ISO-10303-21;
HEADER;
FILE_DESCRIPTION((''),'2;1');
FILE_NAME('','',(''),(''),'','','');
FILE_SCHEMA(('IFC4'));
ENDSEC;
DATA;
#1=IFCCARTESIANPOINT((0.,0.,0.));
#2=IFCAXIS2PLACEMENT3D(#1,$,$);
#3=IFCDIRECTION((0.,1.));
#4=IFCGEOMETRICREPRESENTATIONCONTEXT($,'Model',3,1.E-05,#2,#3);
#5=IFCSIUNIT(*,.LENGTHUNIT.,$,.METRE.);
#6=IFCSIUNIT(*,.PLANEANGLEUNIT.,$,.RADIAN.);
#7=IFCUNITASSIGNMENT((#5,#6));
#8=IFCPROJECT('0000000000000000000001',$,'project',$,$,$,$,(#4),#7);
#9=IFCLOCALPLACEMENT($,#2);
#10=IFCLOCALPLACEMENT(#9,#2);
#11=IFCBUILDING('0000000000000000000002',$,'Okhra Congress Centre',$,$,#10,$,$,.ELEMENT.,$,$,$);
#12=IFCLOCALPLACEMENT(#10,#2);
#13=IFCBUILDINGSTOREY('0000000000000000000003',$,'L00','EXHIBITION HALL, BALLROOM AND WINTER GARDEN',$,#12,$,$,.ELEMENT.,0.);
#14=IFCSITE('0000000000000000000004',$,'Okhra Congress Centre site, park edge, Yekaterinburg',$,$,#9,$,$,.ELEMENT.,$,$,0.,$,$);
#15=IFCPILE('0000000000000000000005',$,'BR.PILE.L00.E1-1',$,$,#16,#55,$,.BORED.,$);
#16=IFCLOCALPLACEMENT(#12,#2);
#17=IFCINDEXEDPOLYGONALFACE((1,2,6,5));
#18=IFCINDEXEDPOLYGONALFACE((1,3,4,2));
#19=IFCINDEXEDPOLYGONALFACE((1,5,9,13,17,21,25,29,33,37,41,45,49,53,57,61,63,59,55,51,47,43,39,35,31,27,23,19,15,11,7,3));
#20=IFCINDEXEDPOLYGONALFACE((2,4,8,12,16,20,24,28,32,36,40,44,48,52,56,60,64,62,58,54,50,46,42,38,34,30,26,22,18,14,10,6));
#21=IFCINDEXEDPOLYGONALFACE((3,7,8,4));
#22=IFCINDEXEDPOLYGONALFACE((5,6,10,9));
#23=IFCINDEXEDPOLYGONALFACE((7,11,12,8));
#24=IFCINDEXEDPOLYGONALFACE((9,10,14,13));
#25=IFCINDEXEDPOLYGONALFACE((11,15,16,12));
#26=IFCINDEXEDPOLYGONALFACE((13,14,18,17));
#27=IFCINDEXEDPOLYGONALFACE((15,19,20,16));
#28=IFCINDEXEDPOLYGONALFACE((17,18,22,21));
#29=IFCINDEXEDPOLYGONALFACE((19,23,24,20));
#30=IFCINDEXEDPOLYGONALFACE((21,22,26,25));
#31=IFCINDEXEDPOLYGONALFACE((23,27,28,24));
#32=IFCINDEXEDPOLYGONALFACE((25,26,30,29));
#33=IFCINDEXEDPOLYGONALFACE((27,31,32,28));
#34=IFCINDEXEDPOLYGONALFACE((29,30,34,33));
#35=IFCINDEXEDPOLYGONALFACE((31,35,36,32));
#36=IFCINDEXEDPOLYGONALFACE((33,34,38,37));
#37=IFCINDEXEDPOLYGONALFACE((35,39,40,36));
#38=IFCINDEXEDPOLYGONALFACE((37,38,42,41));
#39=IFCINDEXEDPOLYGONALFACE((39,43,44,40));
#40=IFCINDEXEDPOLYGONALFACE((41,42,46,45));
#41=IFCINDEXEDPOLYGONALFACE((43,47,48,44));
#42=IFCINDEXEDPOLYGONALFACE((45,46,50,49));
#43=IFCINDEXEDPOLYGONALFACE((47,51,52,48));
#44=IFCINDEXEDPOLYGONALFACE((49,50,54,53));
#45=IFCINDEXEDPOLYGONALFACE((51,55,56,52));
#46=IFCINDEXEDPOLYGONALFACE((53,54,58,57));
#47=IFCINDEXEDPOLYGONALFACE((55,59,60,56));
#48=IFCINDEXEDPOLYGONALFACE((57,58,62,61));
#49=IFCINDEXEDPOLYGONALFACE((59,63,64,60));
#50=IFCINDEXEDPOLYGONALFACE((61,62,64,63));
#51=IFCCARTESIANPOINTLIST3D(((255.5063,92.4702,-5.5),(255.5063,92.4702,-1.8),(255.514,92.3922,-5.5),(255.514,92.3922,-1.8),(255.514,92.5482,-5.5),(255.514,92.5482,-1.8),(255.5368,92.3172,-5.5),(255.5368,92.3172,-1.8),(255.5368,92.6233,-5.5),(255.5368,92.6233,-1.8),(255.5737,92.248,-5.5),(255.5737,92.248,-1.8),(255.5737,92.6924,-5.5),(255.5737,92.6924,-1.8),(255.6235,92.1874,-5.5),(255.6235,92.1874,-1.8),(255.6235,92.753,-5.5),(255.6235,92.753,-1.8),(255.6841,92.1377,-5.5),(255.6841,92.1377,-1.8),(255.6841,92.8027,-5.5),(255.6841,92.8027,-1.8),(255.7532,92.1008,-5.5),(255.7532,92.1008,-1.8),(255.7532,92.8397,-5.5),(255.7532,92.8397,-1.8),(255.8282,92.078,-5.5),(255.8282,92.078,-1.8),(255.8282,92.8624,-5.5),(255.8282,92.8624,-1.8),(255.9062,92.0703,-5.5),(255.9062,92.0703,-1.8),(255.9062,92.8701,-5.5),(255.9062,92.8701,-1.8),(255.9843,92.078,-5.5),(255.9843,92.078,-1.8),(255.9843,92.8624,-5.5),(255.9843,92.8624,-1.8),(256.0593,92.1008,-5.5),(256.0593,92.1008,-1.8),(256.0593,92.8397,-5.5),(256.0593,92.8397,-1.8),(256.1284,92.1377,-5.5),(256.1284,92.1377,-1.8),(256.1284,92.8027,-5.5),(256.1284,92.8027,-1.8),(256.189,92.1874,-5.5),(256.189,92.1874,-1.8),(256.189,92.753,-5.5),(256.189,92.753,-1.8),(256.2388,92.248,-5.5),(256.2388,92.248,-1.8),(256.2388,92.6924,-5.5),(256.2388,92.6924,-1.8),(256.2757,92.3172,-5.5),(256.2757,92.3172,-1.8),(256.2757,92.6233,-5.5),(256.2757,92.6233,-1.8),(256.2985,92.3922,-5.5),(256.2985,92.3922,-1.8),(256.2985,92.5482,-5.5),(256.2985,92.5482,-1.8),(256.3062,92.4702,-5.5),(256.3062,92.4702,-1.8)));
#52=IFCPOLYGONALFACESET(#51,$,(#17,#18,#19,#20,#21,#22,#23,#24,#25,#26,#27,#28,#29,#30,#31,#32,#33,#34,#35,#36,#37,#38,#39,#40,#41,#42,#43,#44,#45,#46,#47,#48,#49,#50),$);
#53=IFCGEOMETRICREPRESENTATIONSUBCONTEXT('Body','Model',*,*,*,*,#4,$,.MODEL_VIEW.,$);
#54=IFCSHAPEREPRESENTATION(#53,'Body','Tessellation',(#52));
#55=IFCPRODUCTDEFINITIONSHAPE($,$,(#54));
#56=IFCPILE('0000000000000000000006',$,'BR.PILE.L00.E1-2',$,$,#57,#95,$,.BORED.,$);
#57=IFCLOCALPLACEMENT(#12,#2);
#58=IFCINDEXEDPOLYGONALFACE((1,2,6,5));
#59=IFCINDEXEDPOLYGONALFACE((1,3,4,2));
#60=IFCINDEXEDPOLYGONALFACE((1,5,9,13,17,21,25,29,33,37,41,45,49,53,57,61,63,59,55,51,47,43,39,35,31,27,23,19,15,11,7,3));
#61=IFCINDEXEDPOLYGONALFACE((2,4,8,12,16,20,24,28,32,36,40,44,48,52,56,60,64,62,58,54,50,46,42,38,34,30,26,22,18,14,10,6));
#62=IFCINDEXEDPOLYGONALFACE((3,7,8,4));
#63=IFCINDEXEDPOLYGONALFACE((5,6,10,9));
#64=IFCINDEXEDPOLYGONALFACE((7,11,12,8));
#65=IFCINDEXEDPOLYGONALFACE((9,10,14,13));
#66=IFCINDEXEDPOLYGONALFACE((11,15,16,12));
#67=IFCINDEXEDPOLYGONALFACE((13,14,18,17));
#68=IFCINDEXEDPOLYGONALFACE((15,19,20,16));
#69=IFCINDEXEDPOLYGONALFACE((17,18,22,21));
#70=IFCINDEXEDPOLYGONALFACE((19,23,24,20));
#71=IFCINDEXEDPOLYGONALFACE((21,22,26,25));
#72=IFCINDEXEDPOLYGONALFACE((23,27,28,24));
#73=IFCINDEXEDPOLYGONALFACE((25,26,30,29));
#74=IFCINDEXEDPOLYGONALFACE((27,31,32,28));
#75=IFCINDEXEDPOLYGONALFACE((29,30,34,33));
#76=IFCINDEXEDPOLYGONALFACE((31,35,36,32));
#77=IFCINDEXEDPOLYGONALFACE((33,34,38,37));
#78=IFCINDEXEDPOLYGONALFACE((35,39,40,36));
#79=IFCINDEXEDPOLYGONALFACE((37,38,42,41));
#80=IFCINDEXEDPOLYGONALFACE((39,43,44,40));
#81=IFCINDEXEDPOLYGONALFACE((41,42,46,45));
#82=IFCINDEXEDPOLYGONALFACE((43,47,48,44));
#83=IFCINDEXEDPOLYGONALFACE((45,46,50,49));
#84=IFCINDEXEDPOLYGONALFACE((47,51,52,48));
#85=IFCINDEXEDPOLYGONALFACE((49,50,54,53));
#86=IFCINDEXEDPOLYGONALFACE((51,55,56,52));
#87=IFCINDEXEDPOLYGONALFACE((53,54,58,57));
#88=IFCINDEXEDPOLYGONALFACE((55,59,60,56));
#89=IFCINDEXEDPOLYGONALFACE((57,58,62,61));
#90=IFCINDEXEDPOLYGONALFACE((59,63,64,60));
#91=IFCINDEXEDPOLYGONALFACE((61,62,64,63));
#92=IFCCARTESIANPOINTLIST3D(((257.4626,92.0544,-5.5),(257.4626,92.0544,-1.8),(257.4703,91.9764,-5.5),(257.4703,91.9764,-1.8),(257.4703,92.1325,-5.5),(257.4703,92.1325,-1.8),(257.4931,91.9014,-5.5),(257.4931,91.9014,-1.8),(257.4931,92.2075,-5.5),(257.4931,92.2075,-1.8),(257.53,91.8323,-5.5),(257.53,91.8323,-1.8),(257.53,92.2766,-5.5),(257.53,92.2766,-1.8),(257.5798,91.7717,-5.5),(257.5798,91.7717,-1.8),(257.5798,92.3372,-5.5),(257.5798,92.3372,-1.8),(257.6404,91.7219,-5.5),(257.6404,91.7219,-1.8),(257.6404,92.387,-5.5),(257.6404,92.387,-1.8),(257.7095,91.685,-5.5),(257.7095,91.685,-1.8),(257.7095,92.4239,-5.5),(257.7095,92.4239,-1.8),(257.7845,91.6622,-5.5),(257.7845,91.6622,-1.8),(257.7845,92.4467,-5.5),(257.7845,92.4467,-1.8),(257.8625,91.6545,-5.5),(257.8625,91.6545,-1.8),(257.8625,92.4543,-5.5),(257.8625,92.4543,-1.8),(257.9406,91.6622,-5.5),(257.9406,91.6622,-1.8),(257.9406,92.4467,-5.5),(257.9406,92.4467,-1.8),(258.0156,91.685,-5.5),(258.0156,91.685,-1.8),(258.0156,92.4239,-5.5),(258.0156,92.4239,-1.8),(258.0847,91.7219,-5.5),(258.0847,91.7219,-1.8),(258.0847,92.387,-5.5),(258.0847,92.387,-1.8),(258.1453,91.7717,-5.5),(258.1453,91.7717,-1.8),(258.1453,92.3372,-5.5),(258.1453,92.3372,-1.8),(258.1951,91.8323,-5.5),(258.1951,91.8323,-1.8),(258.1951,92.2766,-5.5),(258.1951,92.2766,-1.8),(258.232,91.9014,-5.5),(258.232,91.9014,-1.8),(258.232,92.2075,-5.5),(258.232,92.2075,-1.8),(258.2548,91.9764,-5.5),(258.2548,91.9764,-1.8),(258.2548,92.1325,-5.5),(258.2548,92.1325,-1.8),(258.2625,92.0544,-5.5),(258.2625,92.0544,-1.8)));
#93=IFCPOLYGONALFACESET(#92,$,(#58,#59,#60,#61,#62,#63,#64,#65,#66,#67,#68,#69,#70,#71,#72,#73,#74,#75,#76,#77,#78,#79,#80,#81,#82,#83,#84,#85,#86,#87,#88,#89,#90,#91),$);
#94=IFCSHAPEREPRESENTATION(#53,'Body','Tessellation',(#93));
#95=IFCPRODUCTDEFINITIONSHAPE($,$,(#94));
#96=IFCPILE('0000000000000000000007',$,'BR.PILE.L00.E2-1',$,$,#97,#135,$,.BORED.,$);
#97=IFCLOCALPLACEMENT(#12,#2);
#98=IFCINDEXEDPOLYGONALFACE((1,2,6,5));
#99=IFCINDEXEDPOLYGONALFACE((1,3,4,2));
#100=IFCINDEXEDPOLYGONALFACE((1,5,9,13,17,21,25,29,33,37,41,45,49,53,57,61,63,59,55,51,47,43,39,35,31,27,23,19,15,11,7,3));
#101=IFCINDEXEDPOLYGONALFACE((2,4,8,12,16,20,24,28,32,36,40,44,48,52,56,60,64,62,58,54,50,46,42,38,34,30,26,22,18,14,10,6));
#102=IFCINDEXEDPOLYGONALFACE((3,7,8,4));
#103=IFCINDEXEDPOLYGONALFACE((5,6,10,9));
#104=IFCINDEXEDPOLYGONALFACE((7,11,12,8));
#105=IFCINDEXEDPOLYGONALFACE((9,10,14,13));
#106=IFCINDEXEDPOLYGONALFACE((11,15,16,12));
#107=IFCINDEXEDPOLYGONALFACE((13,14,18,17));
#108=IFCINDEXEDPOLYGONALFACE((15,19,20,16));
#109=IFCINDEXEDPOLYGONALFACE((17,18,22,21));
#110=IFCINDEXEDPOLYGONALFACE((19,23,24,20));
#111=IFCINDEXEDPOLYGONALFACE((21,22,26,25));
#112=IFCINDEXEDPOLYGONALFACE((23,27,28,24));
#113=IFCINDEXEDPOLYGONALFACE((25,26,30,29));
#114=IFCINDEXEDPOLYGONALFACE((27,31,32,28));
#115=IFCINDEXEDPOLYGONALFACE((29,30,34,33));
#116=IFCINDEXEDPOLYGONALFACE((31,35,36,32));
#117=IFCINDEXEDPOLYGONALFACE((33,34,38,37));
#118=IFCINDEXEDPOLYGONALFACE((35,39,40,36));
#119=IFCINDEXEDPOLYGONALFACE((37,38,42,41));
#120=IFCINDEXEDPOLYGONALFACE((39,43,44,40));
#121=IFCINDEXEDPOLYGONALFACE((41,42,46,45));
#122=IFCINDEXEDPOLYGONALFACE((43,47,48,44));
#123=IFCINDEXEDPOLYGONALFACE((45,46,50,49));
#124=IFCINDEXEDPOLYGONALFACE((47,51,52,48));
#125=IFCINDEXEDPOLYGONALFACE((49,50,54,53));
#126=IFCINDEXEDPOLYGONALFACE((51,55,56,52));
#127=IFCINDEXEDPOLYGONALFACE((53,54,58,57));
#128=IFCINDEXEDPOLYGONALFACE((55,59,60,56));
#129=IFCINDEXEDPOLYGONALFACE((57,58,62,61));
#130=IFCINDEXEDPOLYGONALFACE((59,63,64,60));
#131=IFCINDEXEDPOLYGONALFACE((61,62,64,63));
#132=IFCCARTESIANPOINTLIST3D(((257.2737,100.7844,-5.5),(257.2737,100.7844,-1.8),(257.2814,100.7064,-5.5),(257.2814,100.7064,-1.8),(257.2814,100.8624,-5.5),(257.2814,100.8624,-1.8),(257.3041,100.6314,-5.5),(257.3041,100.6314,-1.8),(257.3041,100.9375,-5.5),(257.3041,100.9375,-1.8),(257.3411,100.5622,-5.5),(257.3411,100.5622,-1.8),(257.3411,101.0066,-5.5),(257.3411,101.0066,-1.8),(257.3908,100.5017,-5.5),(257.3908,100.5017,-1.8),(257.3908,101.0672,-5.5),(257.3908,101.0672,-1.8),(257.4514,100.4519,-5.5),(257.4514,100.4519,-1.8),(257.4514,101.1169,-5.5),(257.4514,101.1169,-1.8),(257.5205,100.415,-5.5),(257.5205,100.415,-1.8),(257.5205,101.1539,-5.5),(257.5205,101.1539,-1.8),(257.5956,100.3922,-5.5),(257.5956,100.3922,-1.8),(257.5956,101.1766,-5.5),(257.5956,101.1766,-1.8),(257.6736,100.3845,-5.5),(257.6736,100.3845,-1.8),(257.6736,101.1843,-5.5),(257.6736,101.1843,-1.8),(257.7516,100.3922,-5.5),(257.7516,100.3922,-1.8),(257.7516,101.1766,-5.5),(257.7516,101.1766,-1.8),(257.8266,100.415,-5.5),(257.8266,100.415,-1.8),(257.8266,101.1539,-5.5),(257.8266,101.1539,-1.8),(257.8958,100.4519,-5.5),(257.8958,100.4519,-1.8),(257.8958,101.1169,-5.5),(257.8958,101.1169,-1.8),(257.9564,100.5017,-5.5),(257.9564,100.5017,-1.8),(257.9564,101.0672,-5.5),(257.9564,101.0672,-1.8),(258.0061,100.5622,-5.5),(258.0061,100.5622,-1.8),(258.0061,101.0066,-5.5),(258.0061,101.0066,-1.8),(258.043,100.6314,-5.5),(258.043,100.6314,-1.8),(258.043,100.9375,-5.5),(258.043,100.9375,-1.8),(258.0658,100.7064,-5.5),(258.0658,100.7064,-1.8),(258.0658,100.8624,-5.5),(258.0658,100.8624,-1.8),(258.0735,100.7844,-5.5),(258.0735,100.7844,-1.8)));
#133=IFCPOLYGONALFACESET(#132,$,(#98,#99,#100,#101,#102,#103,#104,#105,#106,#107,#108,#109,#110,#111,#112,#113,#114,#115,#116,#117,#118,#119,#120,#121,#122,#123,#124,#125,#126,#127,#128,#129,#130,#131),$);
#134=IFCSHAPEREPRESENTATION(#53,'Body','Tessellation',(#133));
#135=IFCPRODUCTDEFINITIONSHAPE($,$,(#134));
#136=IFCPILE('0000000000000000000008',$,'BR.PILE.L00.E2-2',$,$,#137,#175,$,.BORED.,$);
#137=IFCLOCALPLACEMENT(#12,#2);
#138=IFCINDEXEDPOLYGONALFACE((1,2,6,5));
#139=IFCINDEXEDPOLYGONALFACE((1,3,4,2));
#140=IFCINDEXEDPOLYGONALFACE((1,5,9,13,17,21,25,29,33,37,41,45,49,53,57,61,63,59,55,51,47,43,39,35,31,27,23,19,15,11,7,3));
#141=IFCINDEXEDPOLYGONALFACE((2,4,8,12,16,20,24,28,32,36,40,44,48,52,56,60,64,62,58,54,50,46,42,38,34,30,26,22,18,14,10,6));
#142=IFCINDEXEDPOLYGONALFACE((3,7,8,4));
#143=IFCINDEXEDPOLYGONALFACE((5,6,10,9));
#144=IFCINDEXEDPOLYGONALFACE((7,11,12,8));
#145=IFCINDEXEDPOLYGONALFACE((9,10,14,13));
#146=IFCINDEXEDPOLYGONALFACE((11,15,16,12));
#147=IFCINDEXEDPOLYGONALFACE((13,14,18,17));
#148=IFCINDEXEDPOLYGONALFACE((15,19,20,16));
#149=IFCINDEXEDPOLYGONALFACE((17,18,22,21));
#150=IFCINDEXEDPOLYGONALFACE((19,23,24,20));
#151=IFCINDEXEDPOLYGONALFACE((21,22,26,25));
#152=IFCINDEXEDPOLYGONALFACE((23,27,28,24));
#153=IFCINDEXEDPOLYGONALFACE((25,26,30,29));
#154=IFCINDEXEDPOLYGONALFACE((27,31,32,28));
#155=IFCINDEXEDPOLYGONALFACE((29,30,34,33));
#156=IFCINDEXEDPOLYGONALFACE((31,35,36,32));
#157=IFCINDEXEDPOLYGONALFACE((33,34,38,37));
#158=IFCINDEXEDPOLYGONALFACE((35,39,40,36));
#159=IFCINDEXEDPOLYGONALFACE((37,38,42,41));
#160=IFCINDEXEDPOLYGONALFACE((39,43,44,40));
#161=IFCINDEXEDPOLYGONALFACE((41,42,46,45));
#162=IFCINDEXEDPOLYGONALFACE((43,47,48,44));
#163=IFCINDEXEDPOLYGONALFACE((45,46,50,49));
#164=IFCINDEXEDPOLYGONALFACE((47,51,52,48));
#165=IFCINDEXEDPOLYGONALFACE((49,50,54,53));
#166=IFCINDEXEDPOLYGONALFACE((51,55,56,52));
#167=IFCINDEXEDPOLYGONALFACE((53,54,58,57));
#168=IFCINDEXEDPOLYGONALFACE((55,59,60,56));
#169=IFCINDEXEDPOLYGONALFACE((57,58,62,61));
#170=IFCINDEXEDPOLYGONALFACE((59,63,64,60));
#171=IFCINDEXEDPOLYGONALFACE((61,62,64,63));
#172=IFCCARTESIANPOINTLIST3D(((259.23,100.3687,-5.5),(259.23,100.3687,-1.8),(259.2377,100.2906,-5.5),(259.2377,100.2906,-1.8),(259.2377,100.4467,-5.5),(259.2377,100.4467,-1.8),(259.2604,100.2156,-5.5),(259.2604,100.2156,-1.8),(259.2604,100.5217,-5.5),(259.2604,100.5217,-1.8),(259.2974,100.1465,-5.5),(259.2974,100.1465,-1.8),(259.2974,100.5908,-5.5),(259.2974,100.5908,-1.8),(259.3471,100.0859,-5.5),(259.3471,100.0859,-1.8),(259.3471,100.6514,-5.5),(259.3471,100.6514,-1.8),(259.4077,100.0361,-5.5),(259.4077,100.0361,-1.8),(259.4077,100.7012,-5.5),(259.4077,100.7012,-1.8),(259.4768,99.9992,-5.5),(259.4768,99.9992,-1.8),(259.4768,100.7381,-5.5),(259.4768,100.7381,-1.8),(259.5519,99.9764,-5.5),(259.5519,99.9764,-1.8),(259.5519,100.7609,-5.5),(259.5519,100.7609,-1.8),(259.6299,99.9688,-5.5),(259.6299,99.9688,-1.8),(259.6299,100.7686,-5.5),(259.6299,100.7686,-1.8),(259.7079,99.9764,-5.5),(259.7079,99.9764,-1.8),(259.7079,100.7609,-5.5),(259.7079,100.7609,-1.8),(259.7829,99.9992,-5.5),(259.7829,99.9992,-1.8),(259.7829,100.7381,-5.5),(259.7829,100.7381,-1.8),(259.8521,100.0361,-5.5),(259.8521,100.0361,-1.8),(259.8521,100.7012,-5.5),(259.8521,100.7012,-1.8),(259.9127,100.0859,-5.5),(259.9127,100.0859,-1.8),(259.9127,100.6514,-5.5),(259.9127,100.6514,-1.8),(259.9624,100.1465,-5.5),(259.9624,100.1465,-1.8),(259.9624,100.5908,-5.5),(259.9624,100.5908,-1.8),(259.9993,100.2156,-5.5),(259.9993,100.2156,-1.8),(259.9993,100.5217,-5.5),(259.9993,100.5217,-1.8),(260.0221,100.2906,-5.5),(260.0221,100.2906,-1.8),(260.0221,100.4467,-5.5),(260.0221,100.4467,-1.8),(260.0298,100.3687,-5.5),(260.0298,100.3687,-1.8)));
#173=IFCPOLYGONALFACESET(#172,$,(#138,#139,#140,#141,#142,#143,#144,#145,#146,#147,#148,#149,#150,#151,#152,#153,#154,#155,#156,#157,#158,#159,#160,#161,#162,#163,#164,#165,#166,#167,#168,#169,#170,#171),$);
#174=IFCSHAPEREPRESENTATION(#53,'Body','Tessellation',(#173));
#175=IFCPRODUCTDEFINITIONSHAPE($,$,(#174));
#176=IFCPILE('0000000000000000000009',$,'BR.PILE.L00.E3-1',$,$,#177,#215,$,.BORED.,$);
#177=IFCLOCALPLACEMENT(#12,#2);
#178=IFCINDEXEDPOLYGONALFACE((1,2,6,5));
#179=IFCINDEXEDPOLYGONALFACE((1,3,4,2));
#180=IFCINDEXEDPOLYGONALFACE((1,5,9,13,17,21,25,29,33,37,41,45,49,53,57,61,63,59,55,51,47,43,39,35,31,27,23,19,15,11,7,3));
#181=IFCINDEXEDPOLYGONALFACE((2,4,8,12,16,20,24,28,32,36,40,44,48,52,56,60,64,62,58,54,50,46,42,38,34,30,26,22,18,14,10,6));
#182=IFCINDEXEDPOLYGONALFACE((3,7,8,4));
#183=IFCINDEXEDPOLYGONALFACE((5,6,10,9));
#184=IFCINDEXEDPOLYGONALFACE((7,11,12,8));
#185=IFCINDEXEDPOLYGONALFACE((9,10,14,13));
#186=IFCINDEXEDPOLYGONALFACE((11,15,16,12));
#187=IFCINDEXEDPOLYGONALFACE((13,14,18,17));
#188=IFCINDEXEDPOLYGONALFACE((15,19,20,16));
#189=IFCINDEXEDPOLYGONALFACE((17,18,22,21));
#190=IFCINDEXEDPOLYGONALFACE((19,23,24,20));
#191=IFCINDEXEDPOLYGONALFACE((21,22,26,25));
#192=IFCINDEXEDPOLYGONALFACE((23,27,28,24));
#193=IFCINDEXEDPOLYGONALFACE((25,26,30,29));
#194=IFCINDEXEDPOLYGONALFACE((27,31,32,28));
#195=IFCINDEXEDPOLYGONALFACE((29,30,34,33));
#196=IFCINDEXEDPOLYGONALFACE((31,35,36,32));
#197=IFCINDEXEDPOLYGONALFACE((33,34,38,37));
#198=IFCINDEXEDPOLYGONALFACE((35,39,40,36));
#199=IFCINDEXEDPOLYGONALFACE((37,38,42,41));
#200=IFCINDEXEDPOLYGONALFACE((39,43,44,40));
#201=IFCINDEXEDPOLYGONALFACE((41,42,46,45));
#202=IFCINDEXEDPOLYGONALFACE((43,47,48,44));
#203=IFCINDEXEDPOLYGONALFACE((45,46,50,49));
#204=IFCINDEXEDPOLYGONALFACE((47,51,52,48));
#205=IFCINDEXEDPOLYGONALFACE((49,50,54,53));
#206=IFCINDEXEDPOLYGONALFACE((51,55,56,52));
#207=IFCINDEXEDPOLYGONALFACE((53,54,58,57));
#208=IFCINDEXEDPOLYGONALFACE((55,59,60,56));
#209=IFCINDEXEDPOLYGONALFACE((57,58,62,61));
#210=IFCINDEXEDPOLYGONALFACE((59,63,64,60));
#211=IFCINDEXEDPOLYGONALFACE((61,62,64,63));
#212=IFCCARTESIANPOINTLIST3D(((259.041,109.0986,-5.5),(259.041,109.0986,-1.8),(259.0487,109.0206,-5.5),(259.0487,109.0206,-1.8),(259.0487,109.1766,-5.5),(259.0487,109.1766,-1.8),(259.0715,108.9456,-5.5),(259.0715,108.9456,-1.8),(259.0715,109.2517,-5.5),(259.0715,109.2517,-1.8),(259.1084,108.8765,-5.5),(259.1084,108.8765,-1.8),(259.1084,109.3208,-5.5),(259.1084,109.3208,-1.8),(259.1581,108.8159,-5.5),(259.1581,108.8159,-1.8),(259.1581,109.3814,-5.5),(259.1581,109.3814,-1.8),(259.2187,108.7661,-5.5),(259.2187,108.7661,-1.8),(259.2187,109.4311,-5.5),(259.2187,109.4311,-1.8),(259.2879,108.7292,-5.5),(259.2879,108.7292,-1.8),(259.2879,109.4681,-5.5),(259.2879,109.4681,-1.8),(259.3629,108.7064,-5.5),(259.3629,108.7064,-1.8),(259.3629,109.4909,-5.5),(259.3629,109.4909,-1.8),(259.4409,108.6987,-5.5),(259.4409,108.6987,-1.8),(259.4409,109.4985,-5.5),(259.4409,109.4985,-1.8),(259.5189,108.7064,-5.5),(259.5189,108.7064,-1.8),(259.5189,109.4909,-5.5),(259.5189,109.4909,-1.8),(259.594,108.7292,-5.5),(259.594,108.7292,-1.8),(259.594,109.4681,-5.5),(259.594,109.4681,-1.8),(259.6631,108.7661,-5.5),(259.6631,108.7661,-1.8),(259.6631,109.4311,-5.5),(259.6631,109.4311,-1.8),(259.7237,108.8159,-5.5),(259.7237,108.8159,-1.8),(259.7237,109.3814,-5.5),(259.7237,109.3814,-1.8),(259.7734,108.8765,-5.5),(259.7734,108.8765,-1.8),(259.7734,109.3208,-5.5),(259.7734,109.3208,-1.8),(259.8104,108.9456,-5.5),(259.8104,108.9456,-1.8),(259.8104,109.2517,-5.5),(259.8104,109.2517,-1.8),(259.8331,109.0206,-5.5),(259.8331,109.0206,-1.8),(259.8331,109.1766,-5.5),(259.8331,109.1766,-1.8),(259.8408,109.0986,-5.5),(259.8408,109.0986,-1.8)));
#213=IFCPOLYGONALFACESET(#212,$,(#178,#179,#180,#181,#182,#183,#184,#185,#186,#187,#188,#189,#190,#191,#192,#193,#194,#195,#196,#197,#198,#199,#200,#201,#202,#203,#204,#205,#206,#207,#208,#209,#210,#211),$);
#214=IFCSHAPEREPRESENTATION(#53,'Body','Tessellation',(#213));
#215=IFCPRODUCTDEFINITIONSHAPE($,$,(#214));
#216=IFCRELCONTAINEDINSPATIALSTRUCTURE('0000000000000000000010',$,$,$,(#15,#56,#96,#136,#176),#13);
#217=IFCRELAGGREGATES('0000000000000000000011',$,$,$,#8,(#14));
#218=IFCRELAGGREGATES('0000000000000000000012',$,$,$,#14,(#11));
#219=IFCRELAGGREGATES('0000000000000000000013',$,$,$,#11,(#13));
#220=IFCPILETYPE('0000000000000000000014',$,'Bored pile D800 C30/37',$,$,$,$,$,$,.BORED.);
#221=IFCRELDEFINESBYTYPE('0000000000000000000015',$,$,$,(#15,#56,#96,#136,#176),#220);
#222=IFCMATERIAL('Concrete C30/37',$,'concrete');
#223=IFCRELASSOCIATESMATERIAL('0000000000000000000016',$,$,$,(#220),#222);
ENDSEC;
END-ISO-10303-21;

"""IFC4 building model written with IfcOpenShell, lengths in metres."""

from ifc_helpers import new_model, si_unit, direction, frame, origin, origin_2d, place, context, subcontext, project, spatial, circle, extrude, material, material_profile, profile_set, type_object, element, save


model = new_model("IFC4")

# Units and contexts
model_context = context("Model", 3, precision=1e-05, world=origin(), true_north=direction((0.0, 1.0)))
body_context = subcontext(model_context, "Body", "Model", "MODEL_VIEW")
ifc_project = project(units=[si_unit("LENGTHUNIT", "METRE"), si_unit("PLANEANGLEUNIT", "RADIAN")], contexts=[model_context])

# Site, building, storey
site_placement = place(None, origin())
site = spatial("IfcSite", under=ifc_project, at=site_placement, Name="Okhra Congress Centre site, park edge, Yekaterinburg", CompositionType="ELEMENT", RefElevation=0.0)
building_placement = place(site_placement, origin())
building = spatial("IfcBuilding", under=site, at=building_placement, Name="Okhra Congress Centre", CompositionType="ELEMENT")
storey_placement = place(building_placement, origin())
storey = spatial("IfcBuildingStorey", under=building, at=storey_placement, Name="L00", Description="EXHIBITION HALL, BALLROOM AND WINTER GARDEN", CompositionType="ELEMENT", Elevation=0.0)

# Piles
ifc_material_1 = material(Name="Concrete C30/37", Category="concrete")
ifc_material_profile_1 = material_profile(ifc_material_1, circle(Radius=0.3999, at=origin_2d()), Name="D800")
ifc_profile_set_1 = profile_set([ifc_material_profile_1], Name="Concrete C30/37")
pile_type = type_object("IfcPileType", Name="Bored pile D800 C30/37", PredefinedType="BORED", material=ifc_profile_set_1)
for number, where, z_axis, x_axis, name in (
    (1, (255.9062, 92.4702, -1.8), (0.0, 0.0, -1.0), (1.0, 0.0, 0.0), "BR.PILE.L00.E1-1"),
    (2, (257.8625, 92.0544, -1.8), (0.0, 0.0, -1.0), (1.0, 0.0, 0.0), "BR.PILE.L00.E1-2"),
    (3, (257.6736, 100.7844, -1.8), (0.0, 0.0, -1.0), (1.0, 0.0, 0.0), "BR.PILE.L00.E2-1"),
    (4, (259.6299, 100.3687, -1.8), (0.0, 0.0, -1.0), (1.0, 0.0, 0.0), "BR.PILE.L00.E2-2"),
    (5, (259.4409, 109.0986, -1.8), (0.0, 0.0, -1.0), (1.0, 0.0, 0.0), "BR.PILE.L00.E3-1"),
):
    element("IfcPile", number, at=place(storey_placement, frame(where, z_axis=z_axis, x_axis=x_axis)), inside=storey, type_object=pile_type, Name=name, PredefinedType="BORED", context=body_context, shape_type="SweptSolid", body=[
        extrude(circle(Radius=0.3999, at=origin_2d()), origin(), (0.0, 0.0, 1.0), 3.7),
    ])

save(model, "model.ifc")
